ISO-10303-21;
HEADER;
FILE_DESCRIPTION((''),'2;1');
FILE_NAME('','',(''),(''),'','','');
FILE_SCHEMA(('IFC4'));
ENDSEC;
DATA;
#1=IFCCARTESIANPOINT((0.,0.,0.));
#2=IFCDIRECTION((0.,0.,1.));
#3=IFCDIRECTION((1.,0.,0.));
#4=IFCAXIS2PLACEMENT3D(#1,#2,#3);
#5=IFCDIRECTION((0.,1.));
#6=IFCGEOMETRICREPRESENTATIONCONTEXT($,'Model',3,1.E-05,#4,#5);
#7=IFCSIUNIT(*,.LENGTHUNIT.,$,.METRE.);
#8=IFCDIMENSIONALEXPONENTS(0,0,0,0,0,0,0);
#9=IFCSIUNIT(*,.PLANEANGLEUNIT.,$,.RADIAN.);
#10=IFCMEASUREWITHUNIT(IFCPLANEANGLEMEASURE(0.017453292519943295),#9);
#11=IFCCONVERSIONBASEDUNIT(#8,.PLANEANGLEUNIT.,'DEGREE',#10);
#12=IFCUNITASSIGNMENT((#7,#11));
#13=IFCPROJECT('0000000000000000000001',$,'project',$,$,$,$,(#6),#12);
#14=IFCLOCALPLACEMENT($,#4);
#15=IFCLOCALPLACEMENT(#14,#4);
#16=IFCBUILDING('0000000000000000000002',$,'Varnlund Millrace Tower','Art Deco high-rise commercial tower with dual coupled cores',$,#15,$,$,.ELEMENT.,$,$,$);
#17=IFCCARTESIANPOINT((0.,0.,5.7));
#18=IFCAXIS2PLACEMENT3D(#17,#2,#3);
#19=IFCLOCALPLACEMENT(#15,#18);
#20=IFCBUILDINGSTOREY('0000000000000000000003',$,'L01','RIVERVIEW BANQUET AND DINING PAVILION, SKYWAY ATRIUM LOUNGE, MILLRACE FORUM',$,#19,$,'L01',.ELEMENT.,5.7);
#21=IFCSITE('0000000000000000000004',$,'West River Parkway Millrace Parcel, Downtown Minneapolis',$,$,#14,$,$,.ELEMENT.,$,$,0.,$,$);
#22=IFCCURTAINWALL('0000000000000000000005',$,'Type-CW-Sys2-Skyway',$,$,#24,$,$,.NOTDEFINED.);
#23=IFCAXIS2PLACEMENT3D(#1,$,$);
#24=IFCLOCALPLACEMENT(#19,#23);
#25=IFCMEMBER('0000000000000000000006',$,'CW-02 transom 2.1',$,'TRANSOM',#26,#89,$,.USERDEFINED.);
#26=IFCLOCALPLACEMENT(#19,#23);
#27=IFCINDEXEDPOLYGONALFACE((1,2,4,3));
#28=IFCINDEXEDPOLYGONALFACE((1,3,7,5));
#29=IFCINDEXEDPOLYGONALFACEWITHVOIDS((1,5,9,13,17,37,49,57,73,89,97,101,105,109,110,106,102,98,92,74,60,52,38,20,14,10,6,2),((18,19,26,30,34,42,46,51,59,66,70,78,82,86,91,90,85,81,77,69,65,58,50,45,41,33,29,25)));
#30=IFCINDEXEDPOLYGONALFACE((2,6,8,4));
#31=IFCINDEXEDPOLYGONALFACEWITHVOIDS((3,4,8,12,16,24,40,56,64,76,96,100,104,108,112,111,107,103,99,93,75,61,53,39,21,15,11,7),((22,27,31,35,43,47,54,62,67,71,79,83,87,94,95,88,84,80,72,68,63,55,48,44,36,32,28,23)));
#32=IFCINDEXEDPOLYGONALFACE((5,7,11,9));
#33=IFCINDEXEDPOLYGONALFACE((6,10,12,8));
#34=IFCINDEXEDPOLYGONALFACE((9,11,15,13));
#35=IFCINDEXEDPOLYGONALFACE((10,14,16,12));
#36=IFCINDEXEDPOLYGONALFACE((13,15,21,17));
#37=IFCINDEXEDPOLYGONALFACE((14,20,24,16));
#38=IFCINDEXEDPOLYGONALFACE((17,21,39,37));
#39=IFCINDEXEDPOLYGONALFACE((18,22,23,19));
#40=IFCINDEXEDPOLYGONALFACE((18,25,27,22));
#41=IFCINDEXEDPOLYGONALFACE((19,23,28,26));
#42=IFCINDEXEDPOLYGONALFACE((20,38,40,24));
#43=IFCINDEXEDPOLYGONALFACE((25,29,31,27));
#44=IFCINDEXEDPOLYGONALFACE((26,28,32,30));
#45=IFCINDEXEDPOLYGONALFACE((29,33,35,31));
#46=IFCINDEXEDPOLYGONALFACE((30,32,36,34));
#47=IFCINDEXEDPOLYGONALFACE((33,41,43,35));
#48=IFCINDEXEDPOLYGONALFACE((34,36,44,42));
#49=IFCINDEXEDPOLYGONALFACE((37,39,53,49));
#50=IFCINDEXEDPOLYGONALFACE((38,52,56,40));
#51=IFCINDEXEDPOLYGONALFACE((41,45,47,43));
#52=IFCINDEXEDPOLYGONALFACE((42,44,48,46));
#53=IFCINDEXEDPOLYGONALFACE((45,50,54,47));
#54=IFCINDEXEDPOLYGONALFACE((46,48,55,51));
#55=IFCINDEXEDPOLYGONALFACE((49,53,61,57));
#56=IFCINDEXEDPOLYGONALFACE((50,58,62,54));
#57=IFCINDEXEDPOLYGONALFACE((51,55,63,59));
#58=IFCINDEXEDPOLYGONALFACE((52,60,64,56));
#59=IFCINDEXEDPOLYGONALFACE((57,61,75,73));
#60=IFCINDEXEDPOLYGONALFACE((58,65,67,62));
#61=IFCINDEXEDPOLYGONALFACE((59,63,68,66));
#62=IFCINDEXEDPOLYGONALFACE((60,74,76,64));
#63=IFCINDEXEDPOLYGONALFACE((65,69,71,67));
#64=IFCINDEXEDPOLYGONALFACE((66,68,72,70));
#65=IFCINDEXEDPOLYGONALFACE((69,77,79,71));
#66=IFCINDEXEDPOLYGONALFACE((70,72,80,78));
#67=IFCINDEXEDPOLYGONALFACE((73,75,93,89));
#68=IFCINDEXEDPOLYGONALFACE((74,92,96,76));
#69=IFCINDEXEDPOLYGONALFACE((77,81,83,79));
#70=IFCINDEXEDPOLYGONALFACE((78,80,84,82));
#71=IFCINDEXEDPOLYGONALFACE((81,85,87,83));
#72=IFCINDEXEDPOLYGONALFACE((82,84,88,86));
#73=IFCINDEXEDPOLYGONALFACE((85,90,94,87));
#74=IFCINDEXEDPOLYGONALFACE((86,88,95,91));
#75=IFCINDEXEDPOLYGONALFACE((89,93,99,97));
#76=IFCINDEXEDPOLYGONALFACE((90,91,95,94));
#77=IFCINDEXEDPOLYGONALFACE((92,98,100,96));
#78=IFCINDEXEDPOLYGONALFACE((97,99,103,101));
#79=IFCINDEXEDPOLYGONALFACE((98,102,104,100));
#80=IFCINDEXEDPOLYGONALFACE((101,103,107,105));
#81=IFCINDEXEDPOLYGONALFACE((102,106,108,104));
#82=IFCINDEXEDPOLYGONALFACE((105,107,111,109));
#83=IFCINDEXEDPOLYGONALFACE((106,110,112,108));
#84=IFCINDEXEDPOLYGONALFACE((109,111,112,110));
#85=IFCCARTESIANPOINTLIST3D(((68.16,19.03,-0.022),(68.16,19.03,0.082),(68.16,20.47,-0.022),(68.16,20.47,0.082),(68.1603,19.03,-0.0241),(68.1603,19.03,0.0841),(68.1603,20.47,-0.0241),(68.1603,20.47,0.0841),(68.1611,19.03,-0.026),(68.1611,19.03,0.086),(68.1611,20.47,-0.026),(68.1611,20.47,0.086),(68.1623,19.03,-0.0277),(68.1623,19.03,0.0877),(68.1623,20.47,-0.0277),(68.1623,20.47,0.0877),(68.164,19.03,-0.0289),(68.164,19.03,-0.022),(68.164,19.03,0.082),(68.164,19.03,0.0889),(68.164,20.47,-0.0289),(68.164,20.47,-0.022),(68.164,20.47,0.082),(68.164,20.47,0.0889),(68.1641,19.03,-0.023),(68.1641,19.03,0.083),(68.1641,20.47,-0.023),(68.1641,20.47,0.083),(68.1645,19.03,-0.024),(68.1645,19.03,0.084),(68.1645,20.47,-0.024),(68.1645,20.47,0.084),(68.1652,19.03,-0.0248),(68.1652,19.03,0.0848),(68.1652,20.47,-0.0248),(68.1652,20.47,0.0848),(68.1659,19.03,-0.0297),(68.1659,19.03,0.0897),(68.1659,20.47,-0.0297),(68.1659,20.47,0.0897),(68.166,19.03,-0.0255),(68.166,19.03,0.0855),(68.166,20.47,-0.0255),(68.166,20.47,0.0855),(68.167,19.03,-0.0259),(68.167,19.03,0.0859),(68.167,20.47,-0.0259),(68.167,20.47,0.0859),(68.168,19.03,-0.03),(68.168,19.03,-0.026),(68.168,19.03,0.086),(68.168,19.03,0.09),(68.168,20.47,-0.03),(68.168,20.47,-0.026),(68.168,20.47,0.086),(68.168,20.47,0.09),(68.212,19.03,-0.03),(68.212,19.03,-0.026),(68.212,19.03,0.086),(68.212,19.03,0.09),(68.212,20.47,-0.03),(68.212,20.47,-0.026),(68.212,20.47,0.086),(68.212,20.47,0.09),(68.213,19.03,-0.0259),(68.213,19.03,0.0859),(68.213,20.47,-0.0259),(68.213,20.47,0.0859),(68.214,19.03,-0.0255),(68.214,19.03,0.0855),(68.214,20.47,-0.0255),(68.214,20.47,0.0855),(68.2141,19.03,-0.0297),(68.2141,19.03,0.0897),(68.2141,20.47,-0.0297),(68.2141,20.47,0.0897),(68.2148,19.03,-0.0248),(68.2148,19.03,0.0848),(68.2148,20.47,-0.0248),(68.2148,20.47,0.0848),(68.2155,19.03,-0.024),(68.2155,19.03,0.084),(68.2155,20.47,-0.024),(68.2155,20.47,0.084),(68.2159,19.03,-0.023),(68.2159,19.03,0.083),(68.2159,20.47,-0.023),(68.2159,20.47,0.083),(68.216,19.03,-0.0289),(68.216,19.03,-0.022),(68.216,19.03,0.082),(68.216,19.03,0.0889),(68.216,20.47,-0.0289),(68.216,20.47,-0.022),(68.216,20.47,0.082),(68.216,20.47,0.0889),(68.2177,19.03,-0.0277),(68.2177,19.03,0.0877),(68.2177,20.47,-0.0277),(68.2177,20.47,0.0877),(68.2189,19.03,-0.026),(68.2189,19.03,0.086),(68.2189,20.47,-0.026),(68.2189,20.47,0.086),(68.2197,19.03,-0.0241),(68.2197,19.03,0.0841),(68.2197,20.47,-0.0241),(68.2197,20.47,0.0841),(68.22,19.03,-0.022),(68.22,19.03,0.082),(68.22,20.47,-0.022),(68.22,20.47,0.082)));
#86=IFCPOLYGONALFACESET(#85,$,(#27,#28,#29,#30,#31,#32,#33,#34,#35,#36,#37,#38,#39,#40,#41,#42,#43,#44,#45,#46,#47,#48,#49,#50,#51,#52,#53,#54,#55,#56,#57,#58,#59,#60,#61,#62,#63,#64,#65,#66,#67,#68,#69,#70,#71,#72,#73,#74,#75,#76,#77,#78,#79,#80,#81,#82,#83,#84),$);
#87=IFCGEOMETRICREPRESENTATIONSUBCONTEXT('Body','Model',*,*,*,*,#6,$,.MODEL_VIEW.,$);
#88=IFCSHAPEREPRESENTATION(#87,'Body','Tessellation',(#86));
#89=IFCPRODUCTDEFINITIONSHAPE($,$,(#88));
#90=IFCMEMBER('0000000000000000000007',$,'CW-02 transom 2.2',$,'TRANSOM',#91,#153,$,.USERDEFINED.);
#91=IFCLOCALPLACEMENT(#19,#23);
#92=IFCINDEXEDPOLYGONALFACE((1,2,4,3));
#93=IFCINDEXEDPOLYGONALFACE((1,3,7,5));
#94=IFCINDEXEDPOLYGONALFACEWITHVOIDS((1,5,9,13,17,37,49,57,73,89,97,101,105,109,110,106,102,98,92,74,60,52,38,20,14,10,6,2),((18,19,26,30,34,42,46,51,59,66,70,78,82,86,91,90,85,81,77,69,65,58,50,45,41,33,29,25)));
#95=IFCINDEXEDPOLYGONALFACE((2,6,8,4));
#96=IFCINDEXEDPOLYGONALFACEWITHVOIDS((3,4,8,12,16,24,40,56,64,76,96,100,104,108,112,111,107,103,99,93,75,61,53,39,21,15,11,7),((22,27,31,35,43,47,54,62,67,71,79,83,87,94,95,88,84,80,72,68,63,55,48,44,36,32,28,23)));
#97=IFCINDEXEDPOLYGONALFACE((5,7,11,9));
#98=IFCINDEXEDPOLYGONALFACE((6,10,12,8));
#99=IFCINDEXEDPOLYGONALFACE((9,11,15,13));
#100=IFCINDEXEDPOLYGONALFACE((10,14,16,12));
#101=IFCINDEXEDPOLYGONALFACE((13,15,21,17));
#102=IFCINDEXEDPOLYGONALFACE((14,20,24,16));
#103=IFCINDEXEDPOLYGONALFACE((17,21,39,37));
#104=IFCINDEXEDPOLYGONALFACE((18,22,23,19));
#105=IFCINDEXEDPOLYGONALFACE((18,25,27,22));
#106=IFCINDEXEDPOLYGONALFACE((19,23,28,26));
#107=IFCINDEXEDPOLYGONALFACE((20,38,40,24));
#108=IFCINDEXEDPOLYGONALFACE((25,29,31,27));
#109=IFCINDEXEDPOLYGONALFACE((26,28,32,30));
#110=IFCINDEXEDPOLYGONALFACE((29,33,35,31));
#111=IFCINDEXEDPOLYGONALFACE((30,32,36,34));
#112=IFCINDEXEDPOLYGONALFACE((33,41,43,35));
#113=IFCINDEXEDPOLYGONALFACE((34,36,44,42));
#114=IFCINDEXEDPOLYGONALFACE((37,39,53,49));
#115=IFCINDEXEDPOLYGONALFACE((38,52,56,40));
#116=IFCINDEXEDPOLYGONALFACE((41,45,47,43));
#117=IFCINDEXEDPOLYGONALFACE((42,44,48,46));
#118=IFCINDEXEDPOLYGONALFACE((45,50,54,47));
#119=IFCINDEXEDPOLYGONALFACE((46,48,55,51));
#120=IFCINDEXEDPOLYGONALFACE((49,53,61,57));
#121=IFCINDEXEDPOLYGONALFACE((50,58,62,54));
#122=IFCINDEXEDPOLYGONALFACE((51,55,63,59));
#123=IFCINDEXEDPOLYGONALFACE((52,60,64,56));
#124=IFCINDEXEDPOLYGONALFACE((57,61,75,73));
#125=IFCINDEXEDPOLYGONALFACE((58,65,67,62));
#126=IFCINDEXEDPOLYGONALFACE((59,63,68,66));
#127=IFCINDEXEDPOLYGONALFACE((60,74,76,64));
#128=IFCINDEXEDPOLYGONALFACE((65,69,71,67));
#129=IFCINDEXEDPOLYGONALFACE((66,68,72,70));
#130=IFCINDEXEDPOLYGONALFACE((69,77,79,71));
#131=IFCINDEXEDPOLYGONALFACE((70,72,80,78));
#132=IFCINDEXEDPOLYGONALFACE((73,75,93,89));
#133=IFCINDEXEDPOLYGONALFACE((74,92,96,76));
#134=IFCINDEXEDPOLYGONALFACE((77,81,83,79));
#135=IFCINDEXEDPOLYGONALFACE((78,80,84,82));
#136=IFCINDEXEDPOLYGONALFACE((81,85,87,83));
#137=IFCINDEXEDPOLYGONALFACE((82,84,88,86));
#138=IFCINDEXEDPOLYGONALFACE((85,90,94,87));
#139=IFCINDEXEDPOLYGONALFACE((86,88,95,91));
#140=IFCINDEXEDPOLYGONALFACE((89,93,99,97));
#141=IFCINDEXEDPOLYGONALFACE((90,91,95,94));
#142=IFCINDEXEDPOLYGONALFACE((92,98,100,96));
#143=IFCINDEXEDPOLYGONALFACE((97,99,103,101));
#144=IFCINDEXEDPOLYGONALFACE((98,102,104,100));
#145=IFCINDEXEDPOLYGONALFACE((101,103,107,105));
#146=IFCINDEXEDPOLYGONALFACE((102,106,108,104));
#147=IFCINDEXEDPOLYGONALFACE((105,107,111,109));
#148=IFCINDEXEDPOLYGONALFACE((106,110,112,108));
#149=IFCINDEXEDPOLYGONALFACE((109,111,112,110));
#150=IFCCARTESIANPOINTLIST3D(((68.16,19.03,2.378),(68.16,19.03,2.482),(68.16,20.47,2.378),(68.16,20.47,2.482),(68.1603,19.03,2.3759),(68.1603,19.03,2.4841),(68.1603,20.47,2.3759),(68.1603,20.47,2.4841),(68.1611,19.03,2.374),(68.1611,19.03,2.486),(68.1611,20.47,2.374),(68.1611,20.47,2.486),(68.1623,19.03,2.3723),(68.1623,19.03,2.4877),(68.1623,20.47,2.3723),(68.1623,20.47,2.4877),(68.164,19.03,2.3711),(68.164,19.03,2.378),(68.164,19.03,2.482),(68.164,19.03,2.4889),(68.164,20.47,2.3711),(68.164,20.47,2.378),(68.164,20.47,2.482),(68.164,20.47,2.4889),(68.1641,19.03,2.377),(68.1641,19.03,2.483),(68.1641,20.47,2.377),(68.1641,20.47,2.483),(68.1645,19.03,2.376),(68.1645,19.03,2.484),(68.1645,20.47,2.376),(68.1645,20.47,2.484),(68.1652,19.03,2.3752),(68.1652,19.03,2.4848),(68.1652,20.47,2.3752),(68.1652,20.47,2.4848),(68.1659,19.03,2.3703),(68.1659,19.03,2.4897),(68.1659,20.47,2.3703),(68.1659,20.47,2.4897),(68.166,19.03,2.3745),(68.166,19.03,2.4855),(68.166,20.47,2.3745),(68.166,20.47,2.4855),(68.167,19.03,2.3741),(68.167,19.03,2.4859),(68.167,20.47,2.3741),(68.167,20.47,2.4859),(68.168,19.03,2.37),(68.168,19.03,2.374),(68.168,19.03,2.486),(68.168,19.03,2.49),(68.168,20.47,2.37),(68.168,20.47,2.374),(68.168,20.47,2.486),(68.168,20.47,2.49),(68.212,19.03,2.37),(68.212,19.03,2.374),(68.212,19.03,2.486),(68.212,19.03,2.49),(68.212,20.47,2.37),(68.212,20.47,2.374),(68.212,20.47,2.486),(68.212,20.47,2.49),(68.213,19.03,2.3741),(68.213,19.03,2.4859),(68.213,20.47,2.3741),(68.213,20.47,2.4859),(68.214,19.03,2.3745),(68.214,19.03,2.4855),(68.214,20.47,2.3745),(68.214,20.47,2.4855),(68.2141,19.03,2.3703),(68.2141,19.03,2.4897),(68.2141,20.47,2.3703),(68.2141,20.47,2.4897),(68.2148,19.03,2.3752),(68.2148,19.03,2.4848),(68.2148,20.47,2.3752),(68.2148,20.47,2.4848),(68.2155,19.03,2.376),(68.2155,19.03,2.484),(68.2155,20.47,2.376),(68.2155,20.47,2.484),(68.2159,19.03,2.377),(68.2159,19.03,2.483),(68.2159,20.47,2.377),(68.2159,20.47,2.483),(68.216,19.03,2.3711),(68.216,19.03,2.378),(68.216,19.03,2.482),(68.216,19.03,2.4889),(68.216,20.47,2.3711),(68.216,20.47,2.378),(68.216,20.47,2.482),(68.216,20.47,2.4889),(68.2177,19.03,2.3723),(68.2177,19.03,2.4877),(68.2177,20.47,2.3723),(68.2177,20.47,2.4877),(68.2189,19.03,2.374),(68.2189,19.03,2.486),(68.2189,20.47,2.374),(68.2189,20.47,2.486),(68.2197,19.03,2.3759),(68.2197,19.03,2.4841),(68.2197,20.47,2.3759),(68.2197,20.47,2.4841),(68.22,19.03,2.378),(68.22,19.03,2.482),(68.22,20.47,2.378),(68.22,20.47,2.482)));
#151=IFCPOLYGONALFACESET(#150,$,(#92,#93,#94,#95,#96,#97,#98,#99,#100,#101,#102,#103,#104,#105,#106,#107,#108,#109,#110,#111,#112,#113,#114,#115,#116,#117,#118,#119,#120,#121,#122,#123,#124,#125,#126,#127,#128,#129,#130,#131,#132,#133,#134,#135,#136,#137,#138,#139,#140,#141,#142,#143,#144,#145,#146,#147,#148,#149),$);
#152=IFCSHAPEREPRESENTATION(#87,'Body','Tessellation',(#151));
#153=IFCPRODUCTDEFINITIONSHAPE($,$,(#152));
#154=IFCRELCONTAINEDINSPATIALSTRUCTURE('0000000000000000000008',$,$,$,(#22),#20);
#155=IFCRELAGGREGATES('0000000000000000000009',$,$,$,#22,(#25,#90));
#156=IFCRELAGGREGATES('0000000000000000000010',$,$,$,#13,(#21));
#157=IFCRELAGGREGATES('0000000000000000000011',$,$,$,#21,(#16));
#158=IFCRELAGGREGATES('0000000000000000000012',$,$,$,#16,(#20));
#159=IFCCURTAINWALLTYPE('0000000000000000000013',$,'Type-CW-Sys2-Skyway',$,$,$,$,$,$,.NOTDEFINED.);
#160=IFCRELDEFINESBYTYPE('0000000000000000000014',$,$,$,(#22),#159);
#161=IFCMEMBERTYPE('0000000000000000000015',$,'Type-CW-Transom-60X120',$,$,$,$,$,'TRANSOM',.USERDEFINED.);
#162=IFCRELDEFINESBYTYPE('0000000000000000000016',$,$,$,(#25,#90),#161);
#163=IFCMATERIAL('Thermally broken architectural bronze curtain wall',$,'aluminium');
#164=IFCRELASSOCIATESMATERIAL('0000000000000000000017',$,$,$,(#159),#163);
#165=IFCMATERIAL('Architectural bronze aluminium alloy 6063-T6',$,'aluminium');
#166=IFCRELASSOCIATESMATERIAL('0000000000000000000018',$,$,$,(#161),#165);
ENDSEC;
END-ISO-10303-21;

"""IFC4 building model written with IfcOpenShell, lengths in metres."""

from ifc_helpers import new_model, entity, si_unit, converted_unit, direction, frame, origin_with_axes, origin_2d_with_axis, place, context, subcontext, project, spatial, hollow_rectangle, extrude, material, material_profile, profile_set, type_object, element, aggregate, save


model = new_model("IFC4")

# Units and contexts
model_context = context("Model", 3, precision=1e-05, world=origin_with_axes(), true_north=direction((0.0, 1.0)))
body_context = subcontext(model_context, "Body", "Model", "MODEL_VIEW")
ifc_project = project(units=[si_unit("LENGTHUNIT", "METRE"), converted_unit("PLANEANGLEUNIT", "DEGREE", entity("IfcPlaneAngleMeasure", 0.017453292519943295), si_unit("PLANEANGLEUNIT", "RADIAN"), dimensions=[0, 0, 0, 0, 0, 0, 0])], contexts=[model_context])

# Site, building, storey
site_placement = place(None, origin_with_axes())
site = spatial("IfcSite", under=ifc_project, at=site_placement, Name="West River Parkway Millrace Parcel, Downtown Minneapolis", CompositionType="ELEMENT", RefElevation=0.0)
building_placement = place(site_placement, origin_with_axes())
building = spatial("IfcBuilding", under=site, at=building_placement, Name="Varnlund Millrace Tower", Description="Art Deco high-rise commercial tower with dual coupled cores", CompositionType="ELEMENT")
storey_placement = place(building_placement, frame((0.0, 0.0, 5.7), z_axis=(0.0, 0.0, 1.0), x_axis=(1.0, 0.0, 0.0)))
storey = spatial("IfcBuildingStorey", under=building, at=storey_placement, Name="L01", Description="RIVERVIEW BANQUET AND DINING PAVILION, SKYWAY ATRIUM LOUNGE, MILLRACE FORUM", LongName="L01", CompositionType="ELEMENT", Elevation=5.7)

# Shared definitions
ifc_material_1 = material(Name="Thermally broken architectural bronze curtain wall", Category="aluminium")
curtain_wall_type = type_object("IfcCurtainWallType", Name="Type-CW-Sys2-Skyway", PredefinedType="NOTDEFINED", material=ifc_material_1)
ifc_material_2 = material(Name="Architectural bronze aluminium alloy 6063-T6", Category="aluminium")

# Curtain wall
curtain_wall_1_placement = place(storey_placement, frame((68.19, 22.0, 0.0), z_axis=(0.0, 0.0, 1.0), x_axis=(1.0, 0.0, 0.0)))
curtain_wall_1 = element("IfcCurtainWall", 1, at=curtain_wall_1_placement, inside=storey, type_object=curtain_wall_type, Name="Type-CW-Sys2-Skyway", PredefinedType="NOTDEFINED")

# Members
ifc_material_profile_1 = material_profile(ifc_material_2, hollow_rectangle(XDim=0.06, YDim=0.12, WallThickness=0.004, InnerFilletRadius=0.004, OuterFilletRadius=0.008, at=origin_2d_with_axis()), Name="Architectural bronze aluminium alloy 6063-T6")
ifc_profile_set_1 = profile_set([ifc_material_profile_1], Name="Architectural bronze aluminium alloy 6063-T6")
member_type_1 = type_object("IfcMemberType", Name="Type-CW-Transom-60X120", ElementType="TRANSOM", PredefinedType="USERDEFINED", material=ifc_profile_set_1)
member_1_placement = place(storey_placement, frame((68.19, 20.47, 0.03), z_axis=(0.0, -1.0, 0.0), x_axis=(1.0, 0.0, 0.0)))
member_1 = element("IfcMember", 2, at=member_1_placement, type_object=member_type_1, Name="CW-02 transom 2.1", ObjectType="TRANSOM", PredefinedType="USERDEFINED", context=body_context, shape_type="SweptSolid", body=[
    extrude(hollow_rectangle(XDim=0.06, YDim=0.12, WallThickness=0.004, InnerFilletRadius=0.004, OuterFilletRadius=0.008, at=origin_2d_with_axis()), origin_with_axes(), (0.0, 0.0, 1.0), 1.44),
])
member_2_placement = place(storey_placement, frame((68.19, 20.47, 2.43), z_axis=(0.0, -1.0, 0.0), x_axis=(1.0, 0.0, 0.0)))
member_2 = element("IfcMember", 3, at=member_2_placement, type_object=member_type_1, Name="CW-02 transom 2.2", ObjectType="TRANSOM", PredefinedType="USERDEFINED", context=body_context, shape_type="SweptSolid", body=[
    extrude(hollow_rectangle(XDim=0.06, YDim=0.12, WallThickness=0.004, InnerFilletRadius=0.004, OuterFilletRadius=0.008, at=origin_2d_with_axis()), origin_with_axes(), (0.0, 0.0, 1.0), 1.44),
])

aggregate(curtain_wall_1, [member_1, member_2])

save(model, "model.ifc")
